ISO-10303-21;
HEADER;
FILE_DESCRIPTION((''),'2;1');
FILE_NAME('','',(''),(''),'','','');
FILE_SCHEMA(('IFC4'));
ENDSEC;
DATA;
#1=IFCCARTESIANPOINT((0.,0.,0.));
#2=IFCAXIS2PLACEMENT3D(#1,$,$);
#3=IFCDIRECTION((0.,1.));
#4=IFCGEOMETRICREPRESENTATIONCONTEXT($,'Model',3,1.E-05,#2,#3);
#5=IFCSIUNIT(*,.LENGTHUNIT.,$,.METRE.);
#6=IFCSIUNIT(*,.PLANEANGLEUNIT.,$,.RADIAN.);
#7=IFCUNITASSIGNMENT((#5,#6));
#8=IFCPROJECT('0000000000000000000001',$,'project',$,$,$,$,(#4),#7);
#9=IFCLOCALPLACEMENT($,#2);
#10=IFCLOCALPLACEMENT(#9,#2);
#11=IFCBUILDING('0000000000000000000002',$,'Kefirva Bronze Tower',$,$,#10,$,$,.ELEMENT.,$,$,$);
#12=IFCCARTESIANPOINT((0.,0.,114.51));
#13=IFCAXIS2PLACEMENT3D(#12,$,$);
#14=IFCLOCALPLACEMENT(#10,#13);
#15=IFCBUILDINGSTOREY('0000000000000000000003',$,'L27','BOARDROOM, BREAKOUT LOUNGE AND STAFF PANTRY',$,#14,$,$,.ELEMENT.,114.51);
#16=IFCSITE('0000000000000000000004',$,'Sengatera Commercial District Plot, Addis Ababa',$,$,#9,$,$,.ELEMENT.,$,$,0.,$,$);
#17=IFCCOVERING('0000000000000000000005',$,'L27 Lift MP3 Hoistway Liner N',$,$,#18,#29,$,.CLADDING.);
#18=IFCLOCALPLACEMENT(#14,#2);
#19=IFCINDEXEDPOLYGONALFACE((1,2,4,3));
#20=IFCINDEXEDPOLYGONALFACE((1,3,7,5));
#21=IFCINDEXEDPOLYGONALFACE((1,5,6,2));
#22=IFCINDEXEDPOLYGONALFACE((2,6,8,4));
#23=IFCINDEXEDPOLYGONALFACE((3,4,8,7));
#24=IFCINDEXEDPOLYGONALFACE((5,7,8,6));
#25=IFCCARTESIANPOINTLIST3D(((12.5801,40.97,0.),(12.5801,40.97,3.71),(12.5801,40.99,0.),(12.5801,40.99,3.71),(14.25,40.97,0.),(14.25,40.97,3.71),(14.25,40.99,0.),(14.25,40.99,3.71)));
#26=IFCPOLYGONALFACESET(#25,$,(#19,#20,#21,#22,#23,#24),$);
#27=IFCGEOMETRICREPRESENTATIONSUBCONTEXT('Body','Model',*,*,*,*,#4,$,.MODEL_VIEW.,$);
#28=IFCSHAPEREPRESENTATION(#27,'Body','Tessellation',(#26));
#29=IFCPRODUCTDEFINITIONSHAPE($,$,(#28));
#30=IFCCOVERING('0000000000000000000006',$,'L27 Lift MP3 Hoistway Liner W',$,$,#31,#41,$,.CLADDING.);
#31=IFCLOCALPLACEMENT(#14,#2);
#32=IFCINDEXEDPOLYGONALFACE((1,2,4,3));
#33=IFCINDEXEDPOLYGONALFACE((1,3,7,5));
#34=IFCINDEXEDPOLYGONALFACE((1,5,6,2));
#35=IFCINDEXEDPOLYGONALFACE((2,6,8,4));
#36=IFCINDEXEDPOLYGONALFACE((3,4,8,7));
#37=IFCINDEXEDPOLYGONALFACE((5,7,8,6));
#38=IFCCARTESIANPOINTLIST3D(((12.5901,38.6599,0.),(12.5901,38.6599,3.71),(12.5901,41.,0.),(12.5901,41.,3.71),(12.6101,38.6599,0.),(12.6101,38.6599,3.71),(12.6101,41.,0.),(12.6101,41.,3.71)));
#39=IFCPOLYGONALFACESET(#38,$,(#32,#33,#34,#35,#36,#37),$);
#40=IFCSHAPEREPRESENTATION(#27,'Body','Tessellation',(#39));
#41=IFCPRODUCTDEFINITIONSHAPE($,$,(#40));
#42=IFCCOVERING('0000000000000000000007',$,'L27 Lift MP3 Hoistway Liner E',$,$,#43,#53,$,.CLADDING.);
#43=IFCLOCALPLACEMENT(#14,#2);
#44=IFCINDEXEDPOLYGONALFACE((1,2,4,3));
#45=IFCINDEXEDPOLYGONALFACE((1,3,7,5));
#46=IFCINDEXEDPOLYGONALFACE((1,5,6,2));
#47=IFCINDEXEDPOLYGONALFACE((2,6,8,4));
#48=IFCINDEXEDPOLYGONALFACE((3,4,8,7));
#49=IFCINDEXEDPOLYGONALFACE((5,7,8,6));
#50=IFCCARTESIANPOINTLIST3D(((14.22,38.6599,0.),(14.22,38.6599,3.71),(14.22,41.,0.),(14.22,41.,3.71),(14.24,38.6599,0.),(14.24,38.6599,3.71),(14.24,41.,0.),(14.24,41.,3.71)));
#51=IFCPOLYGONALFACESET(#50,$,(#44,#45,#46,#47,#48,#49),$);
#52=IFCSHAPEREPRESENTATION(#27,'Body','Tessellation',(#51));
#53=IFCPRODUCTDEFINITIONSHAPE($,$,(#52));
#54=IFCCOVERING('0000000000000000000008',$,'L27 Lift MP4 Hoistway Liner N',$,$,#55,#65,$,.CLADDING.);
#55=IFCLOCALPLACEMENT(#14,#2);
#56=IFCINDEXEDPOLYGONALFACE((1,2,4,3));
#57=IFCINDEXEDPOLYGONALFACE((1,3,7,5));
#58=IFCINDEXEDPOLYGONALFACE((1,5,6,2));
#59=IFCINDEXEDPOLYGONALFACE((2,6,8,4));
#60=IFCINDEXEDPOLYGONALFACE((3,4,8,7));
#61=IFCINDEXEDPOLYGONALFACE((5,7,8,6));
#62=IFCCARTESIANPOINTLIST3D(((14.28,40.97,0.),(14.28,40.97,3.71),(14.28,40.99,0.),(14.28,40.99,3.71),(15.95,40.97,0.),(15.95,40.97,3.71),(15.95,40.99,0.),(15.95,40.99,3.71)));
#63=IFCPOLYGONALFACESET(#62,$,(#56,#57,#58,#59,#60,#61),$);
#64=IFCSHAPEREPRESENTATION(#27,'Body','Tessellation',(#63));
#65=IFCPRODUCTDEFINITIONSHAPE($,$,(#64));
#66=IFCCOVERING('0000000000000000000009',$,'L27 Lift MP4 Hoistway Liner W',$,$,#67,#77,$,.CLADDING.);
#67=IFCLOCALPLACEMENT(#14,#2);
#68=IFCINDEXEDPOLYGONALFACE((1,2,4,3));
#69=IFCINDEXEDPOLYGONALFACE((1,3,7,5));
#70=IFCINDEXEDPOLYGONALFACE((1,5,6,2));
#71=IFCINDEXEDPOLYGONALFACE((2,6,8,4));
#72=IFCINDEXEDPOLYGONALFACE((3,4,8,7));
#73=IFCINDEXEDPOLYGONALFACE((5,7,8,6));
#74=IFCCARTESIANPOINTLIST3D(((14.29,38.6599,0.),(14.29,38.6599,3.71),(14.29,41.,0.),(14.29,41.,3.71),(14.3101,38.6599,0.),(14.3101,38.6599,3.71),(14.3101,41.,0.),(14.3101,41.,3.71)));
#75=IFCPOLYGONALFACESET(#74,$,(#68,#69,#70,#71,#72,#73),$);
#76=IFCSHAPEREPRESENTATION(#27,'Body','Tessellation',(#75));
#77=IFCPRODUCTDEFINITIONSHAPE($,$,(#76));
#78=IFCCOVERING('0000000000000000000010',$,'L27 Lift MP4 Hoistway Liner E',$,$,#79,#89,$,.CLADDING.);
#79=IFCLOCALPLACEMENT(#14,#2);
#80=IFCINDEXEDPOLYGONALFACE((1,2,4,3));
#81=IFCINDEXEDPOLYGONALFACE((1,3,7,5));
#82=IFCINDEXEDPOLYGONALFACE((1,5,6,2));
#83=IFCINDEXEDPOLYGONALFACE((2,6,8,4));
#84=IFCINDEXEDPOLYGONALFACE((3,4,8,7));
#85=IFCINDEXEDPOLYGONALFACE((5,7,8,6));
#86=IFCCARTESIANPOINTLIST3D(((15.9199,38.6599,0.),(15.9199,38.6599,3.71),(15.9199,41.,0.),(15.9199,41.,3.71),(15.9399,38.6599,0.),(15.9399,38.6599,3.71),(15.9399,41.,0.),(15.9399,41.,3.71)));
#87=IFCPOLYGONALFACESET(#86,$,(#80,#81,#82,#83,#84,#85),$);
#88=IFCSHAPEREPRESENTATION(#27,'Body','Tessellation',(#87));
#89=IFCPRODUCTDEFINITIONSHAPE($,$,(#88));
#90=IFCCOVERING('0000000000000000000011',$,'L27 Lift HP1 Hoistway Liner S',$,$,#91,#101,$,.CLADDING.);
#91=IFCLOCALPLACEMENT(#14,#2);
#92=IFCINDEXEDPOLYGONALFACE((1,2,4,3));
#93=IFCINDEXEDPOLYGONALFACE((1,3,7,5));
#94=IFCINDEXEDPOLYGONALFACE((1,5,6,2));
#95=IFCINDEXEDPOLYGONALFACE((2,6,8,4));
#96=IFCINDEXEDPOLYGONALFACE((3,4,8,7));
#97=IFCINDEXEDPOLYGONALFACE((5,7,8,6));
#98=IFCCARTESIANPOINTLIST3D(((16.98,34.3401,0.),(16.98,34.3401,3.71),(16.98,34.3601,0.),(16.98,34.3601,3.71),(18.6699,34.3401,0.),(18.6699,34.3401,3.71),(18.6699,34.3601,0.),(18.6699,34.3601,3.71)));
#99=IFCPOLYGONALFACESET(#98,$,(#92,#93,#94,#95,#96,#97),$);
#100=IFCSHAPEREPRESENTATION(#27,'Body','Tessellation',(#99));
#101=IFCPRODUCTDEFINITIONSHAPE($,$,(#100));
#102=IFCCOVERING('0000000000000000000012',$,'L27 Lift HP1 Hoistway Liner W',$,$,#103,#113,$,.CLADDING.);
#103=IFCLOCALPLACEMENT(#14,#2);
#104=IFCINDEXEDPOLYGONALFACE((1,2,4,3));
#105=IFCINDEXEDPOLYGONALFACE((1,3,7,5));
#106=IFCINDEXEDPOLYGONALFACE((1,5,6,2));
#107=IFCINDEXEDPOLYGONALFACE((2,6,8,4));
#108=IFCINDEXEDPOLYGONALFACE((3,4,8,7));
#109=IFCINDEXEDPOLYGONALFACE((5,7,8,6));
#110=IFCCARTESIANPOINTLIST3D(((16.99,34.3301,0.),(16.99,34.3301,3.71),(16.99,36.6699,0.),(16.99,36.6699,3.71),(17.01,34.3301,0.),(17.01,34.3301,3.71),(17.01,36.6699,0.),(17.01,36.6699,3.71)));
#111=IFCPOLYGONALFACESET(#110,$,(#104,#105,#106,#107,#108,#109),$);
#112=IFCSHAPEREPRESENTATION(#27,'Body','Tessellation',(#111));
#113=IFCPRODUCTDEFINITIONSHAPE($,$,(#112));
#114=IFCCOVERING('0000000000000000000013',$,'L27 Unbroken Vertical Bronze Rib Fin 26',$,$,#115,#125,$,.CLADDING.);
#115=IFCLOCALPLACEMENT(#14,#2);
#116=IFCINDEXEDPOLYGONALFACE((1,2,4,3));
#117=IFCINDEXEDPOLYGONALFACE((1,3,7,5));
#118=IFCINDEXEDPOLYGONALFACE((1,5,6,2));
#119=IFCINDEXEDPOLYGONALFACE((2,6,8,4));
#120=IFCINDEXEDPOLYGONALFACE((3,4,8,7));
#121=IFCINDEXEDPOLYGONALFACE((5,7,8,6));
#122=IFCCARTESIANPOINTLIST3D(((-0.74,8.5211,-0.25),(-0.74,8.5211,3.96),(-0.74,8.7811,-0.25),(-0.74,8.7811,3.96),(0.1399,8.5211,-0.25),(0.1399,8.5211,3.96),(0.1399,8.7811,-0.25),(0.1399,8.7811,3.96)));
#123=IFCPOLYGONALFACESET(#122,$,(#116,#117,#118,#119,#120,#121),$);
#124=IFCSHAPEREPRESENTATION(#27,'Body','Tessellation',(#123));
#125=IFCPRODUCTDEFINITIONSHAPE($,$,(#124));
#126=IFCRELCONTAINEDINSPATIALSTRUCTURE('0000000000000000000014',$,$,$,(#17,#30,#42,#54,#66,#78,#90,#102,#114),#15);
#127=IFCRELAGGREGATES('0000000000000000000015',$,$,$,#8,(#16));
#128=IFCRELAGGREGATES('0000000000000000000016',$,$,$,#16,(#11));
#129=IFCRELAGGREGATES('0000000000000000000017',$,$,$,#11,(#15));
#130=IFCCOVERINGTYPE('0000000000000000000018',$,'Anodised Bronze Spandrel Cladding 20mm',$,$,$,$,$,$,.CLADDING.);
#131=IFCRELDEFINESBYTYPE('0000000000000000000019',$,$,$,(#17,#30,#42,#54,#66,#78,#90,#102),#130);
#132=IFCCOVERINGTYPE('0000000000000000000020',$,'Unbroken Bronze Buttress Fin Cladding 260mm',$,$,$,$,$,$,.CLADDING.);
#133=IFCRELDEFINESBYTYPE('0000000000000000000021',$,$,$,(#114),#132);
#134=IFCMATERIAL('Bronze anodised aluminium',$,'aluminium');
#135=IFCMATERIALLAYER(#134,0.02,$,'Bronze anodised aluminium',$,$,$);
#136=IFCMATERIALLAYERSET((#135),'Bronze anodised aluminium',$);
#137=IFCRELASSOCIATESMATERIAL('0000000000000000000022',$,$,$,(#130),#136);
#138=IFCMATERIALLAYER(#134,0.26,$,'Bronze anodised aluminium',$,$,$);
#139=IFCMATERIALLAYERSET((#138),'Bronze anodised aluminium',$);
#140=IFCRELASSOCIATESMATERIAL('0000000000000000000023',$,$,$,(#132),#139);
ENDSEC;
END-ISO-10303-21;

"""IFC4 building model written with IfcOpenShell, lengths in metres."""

from ifc_helpers import new_model, si_unit, direction, frame, origin, origin_2d, place, context, subcontext, project, spatial, polyline, rectangle, outline, extrude, material, layer, layer_set, type_object, element, save


model = new_model("IFC4")

# Units and contexts
model_context = context("Model", 3, precision=1e-05, world=origin(), true_north=direction((0.0, 1.0)))
body_context = subcontext(model_context, "Body", "Model", "MODEL_VIEW")
ifc_project = project(units=[si_unit("LENGTHUNIT", "METRE"), si_unit("PLANEANGLEUNIT", "RADIAN")], contexts=[model_context])

# Site, building, storey
site_placement = place(None, origin())
site = spatial("IfcSite", under=ifc_project, at=site_placement, Name="Sengatera Commercial District Plot, Addis Ababa", CompositionType="ELEMENT", RefElevation=0.0)
building_placement = place(site_placement, origin())
building = spatial("IfcBuilding", under=site, at=building_placement, Name="Kefirva Bronze Tower", CompositionType="ELEMENT")
storey_placement = place(building_placement, frame((0.0, 0.0, 114.51)))
storey = spatial("IfcBuildingStorey", under=building, at=storey_placement, Name="L27", Description="BOARDROOM, BREAKOUT LOUNGE AND STAFF PANTRY", CompositionType="ELEMENT", Elevation=114.51)

# Coverings
ifc_material = material(Name="Bronze anodised aluminium", Category="aluminium")
ifc_layer_1 = layer(ifc_material, 0.02, Name="Bronze anodised aluminium")
ifc_layer_set_1 = layer_set([ifc_layer_1], Name="Bronze anodised aluminium")
covering_type_1 = type_object("IfcCoveringType", Name="Anodised Bronze Spandrel Cladding 20mm", PredefinedType="CLADDING", material=ifc_layer_set_1)
covering_1_placement = place(storey_placement, origin())
element("IfcCovering", 1, at=covering_1_placement, inside=storey, type_object=covering_type_1, Name="L27 Lift MP3 Hoistway Liner N", PredefinedType="CLADDING", context=body_context, shape_type="SweptSolid", body=[
    extrude(outline(polyline([(12.5801, 40.97), (14.25, 40.97), (14.25, 40.99), (12.5801, 40.99), (12.5801, 40.97)])), origin(), (0.0, 0.0, 1.0), 3.71),
])
covering_2_placement = place(storey_placement, origin())
element("IfcCovering", 2, at=covering_2_placement, inside=storey, type_object=covering_type_1, Name="L27 Lift MP3 Hoistway Liner W", PredefinedType="CLADDING", context=body_context, shape_type="SweptSolid", body=[
    extrude(outline(polyline([(12.5901, 38.6599), (12.6101, 38.6599), (12.6101, 41.0), (12.5901, 41.0), (12.5901, 38.6599)])), origin(), (0.0, 0.0, 1.0), 3.71),
])
covering_3_placement = place(storey_placement, origin())
element("IfcCovering", 3, at=covering_3_placement, inside=storey, type_object=covering_type_1, Name="L27 Lift MP3 Hoistway Liner E", PredefinedType="CLADDING", context=body_context, shape_type="SweptSolid", body=[
    extrude(outline(polyline([(14.22, 38.6599), (14.24, 38.6599), (14.24, 41.0), (14.22, 41.0), (14.22, 38.6599)])), origin(), (0.0, 0.0, 1.0), 3.71),
])
covering_4_placement = place(storey_placement, origin())
element("IfcCovering", 4, at=covering_4_placement, inside=storey, type_object=covering_type_1, Name="L27 Lift MP4 Hoistway Liner N", PredefinedType="CLADDING", context=body_context, shape_type="SweptSolid", body=[
    extrude(outline(polyline([(14.28, 40.97), (15.95, 40.97), (15.95, 40.99), (14.28, 40.99), (14.28, 40.97)])), origin(), (0.0, 0.0, 1.0), 3.71),
])
covering_5_placement = place(storey_placement, origin())
element("IfcCovering", 5, at=covering_5_placement, inside=storey, type_object=covering_type_1, Name="L27 Lift MP4 Hoistway Liner W", PredefinedType="CLADDING", context=body_context, shape_type="SweptSolid", body=[
    extrude(outline(polyline([(14.29, 38.6599), (14.3101, 38.6599), (14.3101, 41.0), (14.29, 41.0), (14.29, 38.6599)])), origin(), (0.0, 0.0, 1.0), 3.71),
])
covering_6_placement = place(storey_placement, origin())
element("IfcCovering", 6, at=covering_6_placement, inside=storey, type_object=covering_type_1, Name="L27 Lift MP4 Hoistway Liner E", PredefinedType="CLADDING", context=body_context, shape_type="SweptSolid", body=[
    extrude(outline(polyline([(15.9199, 38.6599), (15.9399, 38.6599), (15.9399, 41.0), (15.9199, 41.0), (15.9199, 38.6599)])), origin(), (0.0, 0.0, 1.0), 3.71),
])
covering_7_placement = place(storey_placement, origin())
element("IfcCovering", 7, at=covering_7_placement, inside=storey, type_object=covering_type_1, Name="L27 Lift HP1 Hoistway Liner S", PredefinedType="CLADDING", context=body_context, shape_type="SweptSolid", body=[
    extrude(outline(polyline([(16.98, 34.3401), (18.6699, 34.3401), (18.6699, 34.3601), (16.98, 34.3601), (16.98, 34.3401)])), origin(), (0.0, 0.0, 1.0), 3.71),
])
covering_8_placement = place(storey_placement, origin())
element("IfcCovering", 8, at=covering_8_placement, inside=storey, type_object=covering_type_1, Name="L27 Lift HP1 Hoistway Liner W", PredefinedType="CLADDING", context=body_context, shape_type="SweptSolid", body=[
    extrude(outline(polyline([(16.99, 34.3301), (17.01, 34.3301), (17.01, 36.6699), (16.99, 36.6699), (16.99, 34.3301)])), origin(), (0.0, 0.0, 1.0), 3.71),
])
ifc_layer_2 = layer(ifc_material, 0.26, Name="Bronze anodised aluminium")
ifc_layer_set_2 = layer_set([ifc_layer_2], Name="Bronze anodised aluminium")
covering_type_2 = type_object("IfcCoveringType", Name="Unbroken Bronze Buttress Fin Cladding 260mm", PredefinedType="CLADDING", material=ifc_layer_set_2)
covering_9_placement = place(storey_placement, frame((-0.3, 8.6511, -0.25), z_axis=(0.0, 0.0, 1.0), x_axis=(0.0, -1.0, 0.0)))
element("IfcCovering", 9, at=covering_9_placement, inside=storey, type_object=covering_type_2, Name="L27 Unbroken Vertical Bronze Rib Fin 26", PredefinedType="CLADDING", context=body_context, shape_type="SweptSolid", body=[
    extrude(rectangle(XDim=0.26, YDim=0.8799, at=origin_2d()), origin(), (0.0, 0.0, 1.0), 4.21),
])

save(model, "model.ifc")
